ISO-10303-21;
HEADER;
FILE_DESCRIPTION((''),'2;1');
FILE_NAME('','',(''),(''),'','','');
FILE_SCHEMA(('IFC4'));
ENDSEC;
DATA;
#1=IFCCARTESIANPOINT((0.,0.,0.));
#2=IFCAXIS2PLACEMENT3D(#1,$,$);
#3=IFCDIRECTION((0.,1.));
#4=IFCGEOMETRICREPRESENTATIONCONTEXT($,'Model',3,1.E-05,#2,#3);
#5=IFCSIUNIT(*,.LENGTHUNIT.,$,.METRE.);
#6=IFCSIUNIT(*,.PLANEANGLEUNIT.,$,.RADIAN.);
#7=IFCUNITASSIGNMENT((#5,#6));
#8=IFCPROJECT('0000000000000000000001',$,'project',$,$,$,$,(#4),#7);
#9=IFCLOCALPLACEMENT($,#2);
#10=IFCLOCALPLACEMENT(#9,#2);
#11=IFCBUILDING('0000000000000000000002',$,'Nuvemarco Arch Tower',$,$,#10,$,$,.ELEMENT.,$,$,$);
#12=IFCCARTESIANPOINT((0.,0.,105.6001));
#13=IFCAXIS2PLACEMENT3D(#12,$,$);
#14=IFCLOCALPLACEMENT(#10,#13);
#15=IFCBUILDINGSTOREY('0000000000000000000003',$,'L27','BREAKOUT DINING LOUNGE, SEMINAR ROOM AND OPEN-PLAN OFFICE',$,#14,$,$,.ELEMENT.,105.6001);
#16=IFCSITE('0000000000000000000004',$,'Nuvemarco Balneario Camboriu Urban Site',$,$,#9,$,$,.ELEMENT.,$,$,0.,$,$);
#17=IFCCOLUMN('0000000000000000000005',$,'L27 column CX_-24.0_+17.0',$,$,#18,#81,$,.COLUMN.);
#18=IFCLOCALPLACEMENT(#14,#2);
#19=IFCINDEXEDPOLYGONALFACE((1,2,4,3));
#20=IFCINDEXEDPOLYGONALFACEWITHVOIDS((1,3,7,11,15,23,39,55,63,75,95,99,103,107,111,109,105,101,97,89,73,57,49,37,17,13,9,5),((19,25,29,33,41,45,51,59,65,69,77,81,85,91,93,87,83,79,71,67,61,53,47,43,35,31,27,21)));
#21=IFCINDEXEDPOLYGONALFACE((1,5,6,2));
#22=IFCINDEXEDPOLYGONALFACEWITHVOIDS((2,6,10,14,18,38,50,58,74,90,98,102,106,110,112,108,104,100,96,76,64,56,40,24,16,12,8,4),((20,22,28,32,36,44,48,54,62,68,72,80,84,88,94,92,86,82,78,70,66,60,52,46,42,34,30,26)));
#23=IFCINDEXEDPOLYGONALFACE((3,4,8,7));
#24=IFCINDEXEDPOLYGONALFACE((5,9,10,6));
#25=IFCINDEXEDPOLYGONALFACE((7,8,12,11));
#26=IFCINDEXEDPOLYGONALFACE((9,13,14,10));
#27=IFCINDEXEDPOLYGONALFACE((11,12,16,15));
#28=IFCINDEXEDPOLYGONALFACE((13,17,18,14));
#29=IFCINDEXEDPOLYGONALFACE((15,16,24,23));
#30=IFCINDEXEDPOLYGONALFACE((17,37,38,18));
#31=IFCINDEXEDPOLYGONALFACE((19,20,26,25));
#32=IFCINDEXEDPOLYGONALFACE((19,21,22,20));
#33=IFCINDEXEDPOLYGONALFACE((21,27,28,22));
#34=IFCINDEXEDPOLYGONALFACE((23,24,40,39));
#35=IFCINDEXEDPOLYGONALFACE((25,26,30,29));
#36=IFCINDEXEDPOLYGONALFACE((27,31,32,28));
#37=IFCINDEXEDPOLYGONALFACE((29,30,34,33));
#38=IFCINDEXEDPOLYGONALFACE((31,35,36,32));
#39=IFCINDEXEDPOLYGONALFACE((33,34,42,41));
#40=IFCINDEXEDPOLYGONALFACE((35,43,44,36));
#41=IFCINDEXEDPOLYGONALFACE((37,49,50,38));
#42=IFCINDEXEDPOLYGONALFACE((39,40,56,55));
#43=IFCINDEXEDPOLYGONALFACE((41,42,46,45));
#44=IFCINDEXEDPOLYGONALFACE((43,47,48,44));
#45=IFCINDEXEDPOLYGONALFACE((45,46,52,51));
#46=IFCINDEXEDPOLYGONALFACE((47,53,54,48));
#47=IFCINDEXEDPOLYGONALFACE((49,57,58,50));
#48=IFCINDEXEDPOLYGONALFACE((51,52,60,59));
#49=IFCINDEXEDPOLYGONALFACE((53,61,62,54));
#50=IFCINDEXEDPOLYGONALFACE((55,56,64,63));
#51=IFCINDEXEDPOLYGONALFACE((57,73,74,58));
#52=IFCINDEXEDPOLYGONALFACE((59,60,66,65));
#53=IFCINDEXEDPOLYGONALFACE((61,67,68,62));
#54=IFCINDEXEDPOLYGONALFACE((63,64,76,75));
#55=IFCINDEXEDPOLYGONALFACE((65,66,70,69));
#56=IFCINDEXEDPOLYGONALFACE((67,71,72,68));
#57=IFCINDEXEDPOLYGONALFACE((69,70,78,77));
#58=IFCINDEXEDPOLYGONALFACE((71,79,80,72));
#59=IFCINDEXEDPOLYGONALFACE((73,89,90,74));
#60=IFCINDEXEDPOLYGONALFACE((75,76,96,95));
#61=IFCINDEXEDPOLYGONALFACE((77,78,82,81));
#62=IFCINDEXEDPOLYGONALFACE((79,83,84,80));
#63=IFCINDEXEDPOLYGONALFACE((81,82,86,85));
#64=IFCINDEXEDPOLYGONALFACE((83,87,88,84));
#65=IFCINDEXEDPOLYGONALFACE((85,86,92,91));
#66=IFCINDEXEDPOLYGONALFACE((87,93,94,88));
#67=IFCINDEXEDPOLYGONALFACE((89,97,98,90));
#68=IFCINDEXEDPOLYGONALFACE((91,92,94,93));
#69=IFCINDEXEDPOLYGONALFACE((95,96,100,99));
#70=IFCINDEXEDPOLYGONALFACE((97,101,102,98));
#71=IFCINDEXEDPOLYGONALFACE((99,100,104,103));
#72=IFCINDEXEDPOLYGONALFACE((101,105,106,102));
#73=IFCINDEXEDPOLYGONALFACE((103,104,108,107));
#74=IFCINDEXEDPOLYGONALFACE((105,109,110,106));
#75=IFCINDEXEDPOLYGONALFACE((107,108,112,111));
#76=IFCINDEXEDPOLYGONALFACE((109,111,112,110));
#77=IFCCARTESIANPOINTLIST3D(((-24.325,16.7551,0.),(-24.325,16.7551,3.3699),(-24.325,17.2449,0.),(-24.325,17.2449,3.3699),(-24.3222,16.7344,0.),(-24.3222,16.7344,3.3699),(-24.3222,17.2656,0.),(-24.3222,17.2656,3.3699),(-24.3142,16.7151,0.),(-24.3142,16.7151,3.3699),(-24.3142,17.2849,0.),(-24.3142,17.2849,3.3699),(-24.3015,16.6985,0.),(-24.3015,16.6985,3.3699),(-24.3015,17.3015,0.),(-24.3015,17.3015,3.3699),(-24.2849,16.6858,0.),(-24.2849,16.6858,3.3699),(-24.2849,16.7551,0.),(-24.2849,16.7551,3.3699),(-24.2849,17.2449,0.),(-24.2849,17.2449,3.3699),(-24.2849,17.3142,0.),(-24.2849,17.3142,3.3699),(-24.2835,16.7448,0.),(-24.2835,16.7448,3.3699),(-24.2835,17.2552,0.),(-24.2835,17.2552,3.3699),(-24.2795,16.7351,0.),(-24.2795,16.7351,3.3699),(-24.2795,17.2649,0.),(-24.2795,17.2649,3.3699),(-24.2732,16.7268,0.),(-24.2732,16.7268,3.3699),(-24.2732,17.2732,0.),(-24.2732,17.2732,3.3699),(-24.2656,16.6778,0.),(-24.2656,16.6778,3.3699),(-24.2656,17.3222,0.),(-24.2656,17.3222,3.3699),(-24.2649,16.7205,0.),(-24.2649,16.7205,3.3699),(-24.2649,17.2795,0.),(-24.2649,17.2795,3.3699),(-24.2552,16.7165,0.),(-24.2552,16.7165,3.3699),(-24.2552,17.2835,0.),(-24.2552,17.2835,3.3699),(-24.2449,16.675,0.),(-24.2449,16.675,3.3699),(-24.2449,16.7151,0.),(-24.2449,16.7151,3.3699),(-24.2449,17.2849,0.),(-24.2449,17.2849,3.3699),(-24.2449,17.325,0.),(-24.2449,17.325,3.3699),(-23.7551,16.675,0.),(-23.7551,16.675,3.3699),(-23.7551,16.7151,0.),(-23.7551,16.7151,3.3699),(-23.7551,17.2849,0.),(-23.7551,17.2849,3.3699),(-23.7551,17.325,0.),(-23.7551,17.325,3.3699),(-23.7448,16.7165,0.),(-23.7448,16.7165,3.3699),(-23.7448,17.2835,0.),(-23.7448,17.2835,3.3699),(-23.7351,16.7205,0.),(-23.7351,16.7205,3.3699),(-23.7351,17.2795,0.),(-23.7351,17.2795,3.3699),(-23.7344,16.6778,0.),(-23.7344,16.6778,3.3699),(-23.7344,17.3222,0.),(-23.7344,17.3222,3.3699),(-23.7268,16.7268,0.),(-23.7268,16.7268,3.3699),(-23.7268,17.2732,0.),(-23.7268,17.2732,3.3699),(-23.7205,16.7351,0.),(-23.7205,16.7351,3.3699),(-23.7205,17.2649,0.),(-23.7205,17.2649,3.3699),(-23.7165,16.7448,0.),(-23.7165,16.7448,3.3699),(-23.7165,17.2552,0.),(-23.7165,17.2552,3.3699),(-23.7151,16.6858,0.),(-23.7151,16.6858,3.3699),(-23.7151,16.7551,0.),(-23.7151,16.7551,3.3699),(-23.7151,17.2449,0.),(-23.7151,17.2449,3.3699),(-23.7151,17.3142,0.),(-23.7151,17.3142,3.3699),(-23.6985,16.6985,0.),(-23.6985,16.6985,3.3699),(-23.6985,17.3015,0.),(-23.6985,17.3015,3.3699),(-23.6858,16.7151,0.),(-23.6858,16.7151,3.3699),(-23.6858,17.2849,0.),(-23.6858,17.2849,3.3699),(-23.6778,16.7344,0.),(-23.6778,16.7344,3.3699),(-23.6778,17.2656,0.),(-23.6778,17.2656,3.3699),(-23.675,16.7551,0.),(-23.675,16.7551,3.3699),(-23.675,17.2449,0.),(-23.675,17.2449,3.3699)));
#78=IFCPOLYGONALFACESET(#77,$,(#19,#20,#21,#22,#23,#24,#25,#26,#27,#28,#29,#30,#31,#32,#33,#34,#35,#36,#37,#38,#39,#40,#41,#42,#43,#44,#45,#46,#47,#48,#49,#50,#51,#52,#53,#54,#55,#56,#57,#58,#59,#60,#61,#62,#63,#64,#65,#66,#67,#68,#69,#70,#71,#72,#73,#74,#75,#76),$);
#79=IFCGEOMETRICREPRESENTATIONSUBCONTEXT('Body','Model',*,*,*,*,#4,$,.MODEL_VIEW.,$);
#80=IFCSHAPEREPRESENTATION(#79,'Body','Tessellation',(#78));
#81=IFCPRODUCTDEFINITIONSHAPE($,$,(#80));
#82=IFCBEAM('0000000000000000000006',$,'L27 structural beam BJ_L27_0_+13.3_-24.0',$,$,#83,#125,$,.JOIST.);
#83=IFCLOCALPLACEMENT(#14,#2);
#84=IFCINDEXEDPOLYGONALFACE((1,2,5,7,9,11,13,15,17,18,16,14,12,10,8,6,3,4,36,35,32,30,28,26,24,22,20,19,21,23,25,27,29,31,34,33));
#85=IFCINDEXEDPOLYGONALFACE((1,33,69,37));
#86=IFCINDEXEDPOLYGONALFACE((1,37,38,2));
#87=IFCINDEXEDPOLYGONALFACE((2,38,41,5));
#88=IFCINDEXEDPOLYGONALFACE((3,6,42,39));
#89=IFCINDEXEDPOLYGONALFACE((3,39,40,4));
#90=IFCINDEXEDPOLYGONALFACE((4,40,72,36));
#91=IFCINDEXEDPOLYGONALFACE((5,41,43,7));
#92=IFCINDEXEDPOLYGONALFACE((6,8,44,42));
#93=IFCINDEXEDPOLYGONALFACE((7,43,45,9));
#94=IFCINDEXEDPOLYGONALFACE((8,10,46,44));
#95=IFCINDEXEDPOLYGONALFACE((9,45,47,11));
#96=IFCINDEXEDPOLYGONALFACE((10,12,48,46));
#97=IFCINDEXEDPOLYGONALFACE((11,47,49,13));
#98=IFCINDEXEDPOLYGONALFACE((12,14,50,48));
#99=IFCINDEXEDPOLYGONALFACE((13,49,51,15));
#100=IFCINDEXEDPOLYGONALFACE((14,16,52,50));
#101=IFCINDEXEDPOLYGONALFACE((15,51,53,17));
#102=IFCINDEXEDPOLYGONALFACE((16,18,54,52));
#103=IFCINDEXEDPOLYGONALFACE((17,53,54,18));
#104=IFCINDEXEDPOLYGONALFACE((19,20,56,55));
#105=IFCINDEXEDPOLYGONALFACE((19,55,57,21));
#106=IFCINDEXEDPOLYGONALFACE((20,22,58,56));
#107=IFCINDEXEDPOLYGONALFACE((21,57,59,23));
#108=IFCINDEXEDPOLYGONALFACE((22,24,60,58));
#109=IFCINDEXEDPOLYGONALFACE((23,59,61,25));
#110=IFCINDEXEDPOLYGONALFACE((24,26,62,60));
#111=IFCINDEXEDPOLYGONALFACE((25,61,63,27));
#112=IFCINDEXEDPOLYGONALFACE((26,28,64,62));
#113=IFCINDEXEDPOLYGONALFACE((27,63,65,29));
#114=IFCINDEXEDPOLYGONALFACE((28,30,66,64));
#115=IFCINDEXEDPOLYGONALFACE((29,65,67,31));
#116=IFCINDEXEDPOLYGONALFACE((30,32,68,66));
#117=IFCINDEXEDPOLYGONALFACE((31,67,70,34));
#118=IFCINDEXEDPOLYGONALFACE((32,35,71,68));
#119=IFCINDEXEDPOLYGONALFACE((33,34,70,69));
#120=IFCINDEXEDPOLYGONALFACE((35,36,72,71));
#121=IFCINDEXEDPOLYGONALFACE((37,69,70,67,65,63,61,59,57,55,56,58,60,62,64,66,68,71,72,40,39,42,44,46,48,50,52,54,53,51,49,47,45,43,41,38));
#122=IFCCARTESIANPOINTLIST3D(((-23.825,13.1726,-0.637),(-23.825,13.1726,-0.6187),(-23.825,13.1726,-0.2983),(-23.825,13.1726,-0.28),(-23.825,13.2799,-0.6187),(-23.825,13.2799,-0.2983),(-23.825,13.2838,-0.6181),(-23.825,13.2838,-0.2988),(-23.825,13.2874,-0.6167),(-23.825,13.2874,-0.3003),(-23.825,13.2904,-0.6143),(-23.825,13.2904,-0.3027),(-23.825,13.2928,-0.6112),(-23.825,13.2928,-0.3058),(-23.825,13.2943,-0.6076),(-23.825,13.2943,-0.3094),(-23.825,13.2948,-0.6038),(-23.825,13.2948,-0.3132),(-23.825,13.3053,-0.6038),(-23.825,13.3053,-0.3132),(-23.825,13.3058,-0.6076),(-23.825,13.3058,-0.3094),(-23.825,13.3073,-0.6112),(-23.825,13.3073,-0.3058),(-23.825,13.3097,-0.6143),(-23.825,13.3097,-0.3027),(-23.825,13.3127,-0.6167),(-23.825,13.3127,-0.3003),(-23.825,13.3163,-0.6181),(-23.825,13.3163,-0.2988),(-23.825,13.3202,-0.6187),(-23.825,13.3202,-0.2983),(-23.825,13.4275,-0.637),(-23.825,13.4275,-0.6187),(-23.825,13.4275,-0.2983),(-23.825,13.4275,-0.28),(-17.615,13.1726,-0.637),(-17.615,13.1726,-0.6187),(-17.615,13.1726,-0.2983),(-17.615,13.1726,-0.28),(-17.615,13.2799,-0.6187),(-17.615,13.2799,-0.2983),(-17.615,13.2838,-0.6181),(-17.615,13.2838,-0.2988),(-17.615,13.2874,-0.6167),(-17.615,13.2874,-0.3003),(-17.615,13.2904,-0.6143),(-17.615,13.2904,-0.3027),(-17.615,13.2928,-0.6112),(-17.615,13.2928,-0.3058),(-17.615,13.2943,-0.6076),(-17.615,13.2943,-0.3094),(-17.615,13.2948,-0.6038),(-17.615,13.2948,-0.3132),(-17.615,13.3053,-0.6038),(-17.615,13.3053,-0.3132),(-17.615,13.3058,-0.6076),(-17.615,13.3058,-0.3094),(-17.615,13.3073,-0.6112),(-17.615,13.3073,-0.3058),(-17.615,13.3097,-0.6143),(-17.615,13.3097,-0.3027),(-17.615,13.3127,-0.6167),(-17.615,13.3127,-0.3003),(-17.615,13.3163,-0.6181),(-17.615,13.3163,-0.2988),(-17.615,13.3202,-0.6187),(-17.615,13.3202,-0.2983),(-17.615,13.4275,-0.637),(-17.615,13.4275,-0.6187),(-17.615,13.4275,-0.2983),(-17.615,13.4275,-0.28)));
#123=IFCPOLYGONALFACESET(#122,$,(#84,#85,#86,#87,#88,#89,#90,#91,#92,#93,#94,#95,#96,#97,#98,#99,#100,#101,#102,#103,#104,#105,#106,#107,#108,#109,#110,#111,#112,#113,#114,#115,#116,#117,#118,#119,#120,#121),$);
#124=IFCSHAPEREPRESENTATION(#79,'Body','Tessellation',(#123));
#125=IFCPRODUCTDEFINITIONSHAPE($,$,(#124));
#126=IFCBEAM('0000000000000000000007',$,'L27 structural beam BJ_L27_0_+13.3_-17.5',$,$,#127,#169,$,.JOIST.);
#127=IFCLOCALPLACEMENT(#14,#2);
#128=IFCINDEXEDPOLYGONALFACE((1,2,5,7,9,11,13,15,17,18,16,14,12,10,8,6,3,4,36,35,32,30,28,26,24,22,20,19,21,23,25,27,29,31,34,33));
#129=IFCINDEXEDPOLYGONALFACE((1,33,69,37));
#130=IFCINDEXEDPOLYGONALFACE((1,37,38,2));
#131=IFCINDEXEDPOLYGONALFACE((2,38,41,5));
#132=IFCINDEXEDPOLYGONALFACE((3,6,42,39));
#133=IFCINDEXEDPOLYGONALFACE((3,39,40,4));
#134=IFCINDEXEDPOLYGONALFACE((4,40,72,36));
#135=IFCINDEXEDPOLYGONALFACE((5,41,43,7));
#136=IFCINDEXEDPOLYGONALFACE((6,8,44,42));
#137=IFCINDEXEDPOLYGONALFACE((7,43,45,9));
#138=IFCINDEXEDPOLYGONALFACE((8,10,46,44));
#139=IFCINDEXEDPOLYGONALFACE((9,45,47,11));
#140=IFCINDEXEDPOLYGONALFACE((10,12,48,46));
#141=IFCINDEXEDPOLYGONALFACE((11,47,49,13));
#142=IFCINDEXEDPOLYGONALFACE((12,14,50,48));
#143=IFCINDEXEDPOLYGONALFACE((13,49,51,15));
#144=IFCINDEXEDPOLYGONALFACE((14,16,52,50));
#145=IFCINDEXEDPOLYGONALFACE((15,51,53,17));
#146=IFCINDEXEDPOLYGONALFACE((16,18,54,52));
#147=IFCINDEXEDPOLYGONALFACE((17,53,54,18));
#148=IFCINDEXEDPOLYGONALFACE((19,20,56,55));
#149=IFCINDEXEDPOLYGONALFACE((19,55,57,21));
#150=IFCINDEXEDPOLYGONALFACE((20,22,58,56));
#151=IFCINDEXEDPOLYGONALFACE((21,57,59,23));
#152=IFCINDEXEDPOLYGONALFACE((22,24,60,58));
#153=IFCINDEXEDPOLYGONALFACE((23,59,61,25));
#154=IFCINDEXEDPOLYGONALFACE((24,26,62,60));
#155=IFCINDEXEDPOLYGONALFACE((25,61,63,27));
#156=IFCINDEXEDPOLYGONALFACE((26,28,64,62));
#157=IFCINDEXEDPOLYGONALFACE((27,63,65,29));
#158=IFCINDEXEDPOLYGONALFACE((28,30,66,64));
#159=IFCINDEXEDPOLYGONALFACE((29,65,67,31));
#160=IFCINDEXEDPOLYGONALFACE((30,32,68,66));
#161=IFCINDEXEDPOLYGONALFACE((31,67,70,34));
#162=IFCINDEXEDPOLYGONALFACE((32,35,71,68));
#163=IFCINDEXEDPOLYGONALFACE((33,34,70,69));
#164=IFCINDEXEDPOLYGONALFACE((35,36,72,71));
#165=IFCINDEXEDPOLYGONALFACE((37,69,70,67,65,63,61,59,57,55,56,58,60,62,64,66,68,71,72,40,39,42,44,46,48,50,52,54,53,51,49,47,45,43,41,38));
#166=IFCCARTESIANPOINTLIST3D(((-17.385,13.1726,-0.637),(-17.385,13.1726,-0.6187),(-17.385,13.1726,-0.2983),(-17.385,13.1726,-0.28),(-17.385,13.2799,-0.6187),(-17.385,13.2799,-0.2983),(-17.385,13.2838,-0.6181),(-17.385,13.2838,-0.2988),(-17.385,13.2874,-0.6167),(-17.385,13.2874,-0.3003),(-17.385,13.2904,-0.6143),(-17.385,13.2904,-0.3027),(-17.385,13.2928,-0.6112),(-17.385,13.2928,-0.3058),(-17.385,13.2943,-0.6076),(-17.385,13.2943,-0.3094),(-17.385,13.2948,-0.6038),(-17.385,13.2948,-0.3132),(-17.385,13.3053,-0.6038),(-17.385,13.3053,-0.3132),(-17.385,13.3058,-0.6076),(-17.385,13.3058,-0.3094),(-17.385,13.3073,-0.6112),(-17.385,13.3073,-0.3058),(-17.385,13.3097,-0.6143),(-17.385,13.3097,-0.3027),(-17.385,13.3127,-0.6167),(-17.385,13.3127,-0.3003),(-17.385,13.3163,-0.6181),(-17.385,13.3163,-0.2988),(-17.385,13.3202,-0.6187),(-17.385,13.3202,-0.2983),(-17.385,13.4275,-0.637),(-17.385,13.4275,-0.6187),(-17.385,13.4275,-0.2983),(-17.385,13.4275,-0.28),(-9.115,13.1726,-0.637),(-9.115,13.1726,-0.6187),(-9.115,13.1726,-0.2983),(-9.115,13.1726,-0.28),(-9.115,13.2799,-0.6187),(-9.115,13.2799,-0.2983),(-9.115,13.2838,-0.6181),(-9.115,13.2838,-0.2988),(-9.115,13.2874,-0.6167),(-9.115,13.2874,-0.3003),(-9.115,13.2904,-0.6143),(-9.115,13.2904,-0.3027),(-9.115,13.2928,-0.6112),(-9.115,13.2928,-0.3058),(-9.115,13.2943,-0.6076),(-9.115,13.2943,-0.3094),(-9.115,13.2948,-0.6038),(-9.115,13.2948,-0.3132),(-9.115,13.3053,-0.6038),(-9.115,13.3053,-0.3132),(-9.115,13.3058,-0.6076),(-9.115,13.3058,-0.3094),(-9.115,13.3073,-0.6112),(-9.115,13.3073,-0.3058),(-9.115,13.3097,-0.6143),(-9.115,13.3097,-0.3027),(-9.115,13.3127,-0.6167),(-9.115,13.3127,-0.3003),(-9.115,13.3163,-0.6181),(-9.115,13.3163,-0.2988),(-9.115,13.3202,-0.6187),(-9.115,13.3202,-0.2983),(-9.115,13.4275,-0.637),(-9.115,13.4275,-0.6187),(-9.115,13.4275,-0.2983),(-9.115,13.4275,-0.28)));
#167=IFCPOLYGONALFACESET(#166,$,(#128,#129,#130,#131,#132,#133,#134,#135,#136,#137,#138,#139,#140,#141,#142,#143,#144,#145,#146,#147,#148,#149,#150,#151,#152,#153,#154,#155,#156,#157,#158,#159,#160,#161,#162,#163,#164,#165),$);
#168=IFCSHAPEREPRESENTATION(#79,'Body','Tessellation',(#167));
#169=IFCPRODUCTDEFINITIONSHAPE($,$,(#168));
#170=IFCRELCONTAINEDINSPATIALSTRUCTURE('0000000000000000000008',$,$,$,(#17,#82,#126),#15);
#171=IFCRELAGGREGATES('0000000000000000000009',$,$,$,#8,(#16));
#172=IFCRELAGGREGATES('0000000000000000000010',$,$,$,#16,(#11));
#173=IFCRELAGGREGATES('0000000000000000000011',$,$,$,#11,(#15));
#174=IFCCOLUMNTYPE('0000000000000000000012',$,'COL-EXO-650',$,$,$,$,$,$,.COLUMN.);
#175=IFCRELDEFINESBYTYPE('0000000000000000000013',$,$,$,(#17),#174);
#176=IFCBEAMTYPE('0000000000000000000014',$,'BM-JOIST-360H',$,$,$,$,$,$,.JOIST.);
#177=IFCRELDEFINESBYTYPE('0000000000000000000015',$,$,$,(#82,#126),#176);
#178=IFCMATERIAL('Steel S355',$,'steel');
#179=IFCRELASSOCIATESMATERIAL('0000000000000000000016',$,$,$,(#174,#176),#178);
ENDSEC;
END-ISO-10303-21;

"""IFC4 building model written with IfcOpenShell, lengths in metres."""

from ifc_helpers import new_model, si_unit, direction, frame, origin, origin_2d, place, context, subcontext, project, spatial, hollow_rectangle, i_section, extrude, material, material_profile, profile_set, type_object, element, save


model = new_model("IFC4")

# Units and contexts
model_context = context("Model", 3, precision=1e-05, world=origin(), true_north=direction((0.0, 1.0)))
body_context = subcontext(model_context, "Body", "Model", "MODEL_VIEW")
ifc_project = project(units=[si_unit("LENGTHUNIT", "METRE"), si_unit("PLANEANGLEUNIT", "RADIAN")], contexts=[model_context])

# Site, building, storey
site_placement = place(None, origin())
site = spatial("IfcSite", under=ifc_project, at=site_placement, Name="Nuvemarco Balneario Camboriu Urban Site", CompositionType="ELEMENT", RefElevation=0.0)
building_placement = place(site_placement, origin())
building = spatial("IfcBuilding", under=site, at=building_placement, Name="Nuvemarco Arch Tower", CompositionType="ELEMENT")
storey_placement = place(building_placement, frame((0.0, 0.0, 105.6001)))
storey = spatial("IfcBuildingStorey", under=building, at=storey_placement, Name="L27", Description="BREAKOUT DINING LOUNGE, SEMINAR ROOM AND OPEN-PLAN OFFICE", CompositionType="ELEMENT", Elevation=105.6001)

# Column
ifc_material_1 = material(Name="Steel S355", Category="steel")
ifc_material_profile_1 = material_profile(ifc_material_1, hollow_rectangle(XDim=0.6499, YDim=0.6499, WallThickness=0.04, InnerFilletRadius=0.04, OuterFilletRadius=0.0801, at=origin_2d()), Name="SHS650x650x40")
ifc_profile_set_1 = profile_set([ifc_material_profile_1], Name="Steel S355")
column_type = type_object("IfcColumnType", Name="COL-EXO-650", PredefinedType="COLUMN", material=ifc_profile_set_1)
column_placement = place(storey_placement, frame((-24.0, 17.0, 0.0), z_axis=(0.0, 0.0, 1.0), x_axis=(1.0, 0.0, 0.0)))
element("IfcColumn", 1, at=column_placement, inside=storey, type_object=column_type, Name="L27 column CX_-24.0_+17.0", PredefinedType="COLUMN", context=body_context, shape_type="SweptSolid", body=[
    extrude(hollow_rectangle(XDim=0.6499, YDim=0.6499, WallThickness=0.04, InnerFilletRadius=0.04, OuterFilletRadius=0.0801, at=origin_2d()), origin(), (0.0, 0.0, 1.0), 3.3699),
])

# Beams
ifc_material_profile_2 = material_profile(ifc_material_1, i_section(OverallWidth=0.2549, OverallDepth=0.3569, WebThickness=0.0105, FlangeThickness=0.0183, FilletRadius=0.0149, at=origin_2d()), Name="W360x101")
ifc_profile_set_2 = profile_set([ifc_material_profile_2], Name="Steel S355")
beam_type = type_object("IfcBeamType", Name="BM-JOIST-360H", PredefinedType="JOIST", material=ifc_profile_set_2)
beam_1_placement = place(storey_placement, frame((-23.825, 13.3, -0.4585), z_axis=(1.0, 0.0, 0.0), x_axis=(0.0, 1.0, 0.0)))
element("IfcBeam", 2, at=beam_1_placement, inside=storey, type_object=beam_type, Name="L27 structural beam BJ_L27_0_+13.3_-24.0", PredefinedType="JOIST", context=body_context, shape_type="SweptSolid", body=[
    extrude(i_section(OverallWidth=0.2549, OverallDepth=0.3569, WebThickness=0.0105, FlangeThickness=0.0183, FilletRadius=0.0149, at=origin_2d()), origin(), (0.0, 0.0, 1.0), 6.21),
])
beam_2_placement = place(storey_placement, frame((-17.385, 13.3, -0.4585), z_axis=(1.0, 0.0, 0.0), x_axis=(0.0, 1.0, 0.0)))
element("IfcBeam", 3, at=beam_2_placement, inside=storey, type_object=beam_type, Name="L27 structural beam BJ_L27_0_+13.3_-17.5", PredefinedType="JOIST", context=body_context, shape_type="SweptSolid", body=[
    extrude(i_section(OverallWidth=0.2549, OverallDepth=0.3569, WebThickness=0.0105, FlangeThickness=0.0183, FilletRadius=0.0149, at=origin_2d()), origin(), (0.0, 0.0, 1.0), 8.27),
])

save(model, "model.ifc")
